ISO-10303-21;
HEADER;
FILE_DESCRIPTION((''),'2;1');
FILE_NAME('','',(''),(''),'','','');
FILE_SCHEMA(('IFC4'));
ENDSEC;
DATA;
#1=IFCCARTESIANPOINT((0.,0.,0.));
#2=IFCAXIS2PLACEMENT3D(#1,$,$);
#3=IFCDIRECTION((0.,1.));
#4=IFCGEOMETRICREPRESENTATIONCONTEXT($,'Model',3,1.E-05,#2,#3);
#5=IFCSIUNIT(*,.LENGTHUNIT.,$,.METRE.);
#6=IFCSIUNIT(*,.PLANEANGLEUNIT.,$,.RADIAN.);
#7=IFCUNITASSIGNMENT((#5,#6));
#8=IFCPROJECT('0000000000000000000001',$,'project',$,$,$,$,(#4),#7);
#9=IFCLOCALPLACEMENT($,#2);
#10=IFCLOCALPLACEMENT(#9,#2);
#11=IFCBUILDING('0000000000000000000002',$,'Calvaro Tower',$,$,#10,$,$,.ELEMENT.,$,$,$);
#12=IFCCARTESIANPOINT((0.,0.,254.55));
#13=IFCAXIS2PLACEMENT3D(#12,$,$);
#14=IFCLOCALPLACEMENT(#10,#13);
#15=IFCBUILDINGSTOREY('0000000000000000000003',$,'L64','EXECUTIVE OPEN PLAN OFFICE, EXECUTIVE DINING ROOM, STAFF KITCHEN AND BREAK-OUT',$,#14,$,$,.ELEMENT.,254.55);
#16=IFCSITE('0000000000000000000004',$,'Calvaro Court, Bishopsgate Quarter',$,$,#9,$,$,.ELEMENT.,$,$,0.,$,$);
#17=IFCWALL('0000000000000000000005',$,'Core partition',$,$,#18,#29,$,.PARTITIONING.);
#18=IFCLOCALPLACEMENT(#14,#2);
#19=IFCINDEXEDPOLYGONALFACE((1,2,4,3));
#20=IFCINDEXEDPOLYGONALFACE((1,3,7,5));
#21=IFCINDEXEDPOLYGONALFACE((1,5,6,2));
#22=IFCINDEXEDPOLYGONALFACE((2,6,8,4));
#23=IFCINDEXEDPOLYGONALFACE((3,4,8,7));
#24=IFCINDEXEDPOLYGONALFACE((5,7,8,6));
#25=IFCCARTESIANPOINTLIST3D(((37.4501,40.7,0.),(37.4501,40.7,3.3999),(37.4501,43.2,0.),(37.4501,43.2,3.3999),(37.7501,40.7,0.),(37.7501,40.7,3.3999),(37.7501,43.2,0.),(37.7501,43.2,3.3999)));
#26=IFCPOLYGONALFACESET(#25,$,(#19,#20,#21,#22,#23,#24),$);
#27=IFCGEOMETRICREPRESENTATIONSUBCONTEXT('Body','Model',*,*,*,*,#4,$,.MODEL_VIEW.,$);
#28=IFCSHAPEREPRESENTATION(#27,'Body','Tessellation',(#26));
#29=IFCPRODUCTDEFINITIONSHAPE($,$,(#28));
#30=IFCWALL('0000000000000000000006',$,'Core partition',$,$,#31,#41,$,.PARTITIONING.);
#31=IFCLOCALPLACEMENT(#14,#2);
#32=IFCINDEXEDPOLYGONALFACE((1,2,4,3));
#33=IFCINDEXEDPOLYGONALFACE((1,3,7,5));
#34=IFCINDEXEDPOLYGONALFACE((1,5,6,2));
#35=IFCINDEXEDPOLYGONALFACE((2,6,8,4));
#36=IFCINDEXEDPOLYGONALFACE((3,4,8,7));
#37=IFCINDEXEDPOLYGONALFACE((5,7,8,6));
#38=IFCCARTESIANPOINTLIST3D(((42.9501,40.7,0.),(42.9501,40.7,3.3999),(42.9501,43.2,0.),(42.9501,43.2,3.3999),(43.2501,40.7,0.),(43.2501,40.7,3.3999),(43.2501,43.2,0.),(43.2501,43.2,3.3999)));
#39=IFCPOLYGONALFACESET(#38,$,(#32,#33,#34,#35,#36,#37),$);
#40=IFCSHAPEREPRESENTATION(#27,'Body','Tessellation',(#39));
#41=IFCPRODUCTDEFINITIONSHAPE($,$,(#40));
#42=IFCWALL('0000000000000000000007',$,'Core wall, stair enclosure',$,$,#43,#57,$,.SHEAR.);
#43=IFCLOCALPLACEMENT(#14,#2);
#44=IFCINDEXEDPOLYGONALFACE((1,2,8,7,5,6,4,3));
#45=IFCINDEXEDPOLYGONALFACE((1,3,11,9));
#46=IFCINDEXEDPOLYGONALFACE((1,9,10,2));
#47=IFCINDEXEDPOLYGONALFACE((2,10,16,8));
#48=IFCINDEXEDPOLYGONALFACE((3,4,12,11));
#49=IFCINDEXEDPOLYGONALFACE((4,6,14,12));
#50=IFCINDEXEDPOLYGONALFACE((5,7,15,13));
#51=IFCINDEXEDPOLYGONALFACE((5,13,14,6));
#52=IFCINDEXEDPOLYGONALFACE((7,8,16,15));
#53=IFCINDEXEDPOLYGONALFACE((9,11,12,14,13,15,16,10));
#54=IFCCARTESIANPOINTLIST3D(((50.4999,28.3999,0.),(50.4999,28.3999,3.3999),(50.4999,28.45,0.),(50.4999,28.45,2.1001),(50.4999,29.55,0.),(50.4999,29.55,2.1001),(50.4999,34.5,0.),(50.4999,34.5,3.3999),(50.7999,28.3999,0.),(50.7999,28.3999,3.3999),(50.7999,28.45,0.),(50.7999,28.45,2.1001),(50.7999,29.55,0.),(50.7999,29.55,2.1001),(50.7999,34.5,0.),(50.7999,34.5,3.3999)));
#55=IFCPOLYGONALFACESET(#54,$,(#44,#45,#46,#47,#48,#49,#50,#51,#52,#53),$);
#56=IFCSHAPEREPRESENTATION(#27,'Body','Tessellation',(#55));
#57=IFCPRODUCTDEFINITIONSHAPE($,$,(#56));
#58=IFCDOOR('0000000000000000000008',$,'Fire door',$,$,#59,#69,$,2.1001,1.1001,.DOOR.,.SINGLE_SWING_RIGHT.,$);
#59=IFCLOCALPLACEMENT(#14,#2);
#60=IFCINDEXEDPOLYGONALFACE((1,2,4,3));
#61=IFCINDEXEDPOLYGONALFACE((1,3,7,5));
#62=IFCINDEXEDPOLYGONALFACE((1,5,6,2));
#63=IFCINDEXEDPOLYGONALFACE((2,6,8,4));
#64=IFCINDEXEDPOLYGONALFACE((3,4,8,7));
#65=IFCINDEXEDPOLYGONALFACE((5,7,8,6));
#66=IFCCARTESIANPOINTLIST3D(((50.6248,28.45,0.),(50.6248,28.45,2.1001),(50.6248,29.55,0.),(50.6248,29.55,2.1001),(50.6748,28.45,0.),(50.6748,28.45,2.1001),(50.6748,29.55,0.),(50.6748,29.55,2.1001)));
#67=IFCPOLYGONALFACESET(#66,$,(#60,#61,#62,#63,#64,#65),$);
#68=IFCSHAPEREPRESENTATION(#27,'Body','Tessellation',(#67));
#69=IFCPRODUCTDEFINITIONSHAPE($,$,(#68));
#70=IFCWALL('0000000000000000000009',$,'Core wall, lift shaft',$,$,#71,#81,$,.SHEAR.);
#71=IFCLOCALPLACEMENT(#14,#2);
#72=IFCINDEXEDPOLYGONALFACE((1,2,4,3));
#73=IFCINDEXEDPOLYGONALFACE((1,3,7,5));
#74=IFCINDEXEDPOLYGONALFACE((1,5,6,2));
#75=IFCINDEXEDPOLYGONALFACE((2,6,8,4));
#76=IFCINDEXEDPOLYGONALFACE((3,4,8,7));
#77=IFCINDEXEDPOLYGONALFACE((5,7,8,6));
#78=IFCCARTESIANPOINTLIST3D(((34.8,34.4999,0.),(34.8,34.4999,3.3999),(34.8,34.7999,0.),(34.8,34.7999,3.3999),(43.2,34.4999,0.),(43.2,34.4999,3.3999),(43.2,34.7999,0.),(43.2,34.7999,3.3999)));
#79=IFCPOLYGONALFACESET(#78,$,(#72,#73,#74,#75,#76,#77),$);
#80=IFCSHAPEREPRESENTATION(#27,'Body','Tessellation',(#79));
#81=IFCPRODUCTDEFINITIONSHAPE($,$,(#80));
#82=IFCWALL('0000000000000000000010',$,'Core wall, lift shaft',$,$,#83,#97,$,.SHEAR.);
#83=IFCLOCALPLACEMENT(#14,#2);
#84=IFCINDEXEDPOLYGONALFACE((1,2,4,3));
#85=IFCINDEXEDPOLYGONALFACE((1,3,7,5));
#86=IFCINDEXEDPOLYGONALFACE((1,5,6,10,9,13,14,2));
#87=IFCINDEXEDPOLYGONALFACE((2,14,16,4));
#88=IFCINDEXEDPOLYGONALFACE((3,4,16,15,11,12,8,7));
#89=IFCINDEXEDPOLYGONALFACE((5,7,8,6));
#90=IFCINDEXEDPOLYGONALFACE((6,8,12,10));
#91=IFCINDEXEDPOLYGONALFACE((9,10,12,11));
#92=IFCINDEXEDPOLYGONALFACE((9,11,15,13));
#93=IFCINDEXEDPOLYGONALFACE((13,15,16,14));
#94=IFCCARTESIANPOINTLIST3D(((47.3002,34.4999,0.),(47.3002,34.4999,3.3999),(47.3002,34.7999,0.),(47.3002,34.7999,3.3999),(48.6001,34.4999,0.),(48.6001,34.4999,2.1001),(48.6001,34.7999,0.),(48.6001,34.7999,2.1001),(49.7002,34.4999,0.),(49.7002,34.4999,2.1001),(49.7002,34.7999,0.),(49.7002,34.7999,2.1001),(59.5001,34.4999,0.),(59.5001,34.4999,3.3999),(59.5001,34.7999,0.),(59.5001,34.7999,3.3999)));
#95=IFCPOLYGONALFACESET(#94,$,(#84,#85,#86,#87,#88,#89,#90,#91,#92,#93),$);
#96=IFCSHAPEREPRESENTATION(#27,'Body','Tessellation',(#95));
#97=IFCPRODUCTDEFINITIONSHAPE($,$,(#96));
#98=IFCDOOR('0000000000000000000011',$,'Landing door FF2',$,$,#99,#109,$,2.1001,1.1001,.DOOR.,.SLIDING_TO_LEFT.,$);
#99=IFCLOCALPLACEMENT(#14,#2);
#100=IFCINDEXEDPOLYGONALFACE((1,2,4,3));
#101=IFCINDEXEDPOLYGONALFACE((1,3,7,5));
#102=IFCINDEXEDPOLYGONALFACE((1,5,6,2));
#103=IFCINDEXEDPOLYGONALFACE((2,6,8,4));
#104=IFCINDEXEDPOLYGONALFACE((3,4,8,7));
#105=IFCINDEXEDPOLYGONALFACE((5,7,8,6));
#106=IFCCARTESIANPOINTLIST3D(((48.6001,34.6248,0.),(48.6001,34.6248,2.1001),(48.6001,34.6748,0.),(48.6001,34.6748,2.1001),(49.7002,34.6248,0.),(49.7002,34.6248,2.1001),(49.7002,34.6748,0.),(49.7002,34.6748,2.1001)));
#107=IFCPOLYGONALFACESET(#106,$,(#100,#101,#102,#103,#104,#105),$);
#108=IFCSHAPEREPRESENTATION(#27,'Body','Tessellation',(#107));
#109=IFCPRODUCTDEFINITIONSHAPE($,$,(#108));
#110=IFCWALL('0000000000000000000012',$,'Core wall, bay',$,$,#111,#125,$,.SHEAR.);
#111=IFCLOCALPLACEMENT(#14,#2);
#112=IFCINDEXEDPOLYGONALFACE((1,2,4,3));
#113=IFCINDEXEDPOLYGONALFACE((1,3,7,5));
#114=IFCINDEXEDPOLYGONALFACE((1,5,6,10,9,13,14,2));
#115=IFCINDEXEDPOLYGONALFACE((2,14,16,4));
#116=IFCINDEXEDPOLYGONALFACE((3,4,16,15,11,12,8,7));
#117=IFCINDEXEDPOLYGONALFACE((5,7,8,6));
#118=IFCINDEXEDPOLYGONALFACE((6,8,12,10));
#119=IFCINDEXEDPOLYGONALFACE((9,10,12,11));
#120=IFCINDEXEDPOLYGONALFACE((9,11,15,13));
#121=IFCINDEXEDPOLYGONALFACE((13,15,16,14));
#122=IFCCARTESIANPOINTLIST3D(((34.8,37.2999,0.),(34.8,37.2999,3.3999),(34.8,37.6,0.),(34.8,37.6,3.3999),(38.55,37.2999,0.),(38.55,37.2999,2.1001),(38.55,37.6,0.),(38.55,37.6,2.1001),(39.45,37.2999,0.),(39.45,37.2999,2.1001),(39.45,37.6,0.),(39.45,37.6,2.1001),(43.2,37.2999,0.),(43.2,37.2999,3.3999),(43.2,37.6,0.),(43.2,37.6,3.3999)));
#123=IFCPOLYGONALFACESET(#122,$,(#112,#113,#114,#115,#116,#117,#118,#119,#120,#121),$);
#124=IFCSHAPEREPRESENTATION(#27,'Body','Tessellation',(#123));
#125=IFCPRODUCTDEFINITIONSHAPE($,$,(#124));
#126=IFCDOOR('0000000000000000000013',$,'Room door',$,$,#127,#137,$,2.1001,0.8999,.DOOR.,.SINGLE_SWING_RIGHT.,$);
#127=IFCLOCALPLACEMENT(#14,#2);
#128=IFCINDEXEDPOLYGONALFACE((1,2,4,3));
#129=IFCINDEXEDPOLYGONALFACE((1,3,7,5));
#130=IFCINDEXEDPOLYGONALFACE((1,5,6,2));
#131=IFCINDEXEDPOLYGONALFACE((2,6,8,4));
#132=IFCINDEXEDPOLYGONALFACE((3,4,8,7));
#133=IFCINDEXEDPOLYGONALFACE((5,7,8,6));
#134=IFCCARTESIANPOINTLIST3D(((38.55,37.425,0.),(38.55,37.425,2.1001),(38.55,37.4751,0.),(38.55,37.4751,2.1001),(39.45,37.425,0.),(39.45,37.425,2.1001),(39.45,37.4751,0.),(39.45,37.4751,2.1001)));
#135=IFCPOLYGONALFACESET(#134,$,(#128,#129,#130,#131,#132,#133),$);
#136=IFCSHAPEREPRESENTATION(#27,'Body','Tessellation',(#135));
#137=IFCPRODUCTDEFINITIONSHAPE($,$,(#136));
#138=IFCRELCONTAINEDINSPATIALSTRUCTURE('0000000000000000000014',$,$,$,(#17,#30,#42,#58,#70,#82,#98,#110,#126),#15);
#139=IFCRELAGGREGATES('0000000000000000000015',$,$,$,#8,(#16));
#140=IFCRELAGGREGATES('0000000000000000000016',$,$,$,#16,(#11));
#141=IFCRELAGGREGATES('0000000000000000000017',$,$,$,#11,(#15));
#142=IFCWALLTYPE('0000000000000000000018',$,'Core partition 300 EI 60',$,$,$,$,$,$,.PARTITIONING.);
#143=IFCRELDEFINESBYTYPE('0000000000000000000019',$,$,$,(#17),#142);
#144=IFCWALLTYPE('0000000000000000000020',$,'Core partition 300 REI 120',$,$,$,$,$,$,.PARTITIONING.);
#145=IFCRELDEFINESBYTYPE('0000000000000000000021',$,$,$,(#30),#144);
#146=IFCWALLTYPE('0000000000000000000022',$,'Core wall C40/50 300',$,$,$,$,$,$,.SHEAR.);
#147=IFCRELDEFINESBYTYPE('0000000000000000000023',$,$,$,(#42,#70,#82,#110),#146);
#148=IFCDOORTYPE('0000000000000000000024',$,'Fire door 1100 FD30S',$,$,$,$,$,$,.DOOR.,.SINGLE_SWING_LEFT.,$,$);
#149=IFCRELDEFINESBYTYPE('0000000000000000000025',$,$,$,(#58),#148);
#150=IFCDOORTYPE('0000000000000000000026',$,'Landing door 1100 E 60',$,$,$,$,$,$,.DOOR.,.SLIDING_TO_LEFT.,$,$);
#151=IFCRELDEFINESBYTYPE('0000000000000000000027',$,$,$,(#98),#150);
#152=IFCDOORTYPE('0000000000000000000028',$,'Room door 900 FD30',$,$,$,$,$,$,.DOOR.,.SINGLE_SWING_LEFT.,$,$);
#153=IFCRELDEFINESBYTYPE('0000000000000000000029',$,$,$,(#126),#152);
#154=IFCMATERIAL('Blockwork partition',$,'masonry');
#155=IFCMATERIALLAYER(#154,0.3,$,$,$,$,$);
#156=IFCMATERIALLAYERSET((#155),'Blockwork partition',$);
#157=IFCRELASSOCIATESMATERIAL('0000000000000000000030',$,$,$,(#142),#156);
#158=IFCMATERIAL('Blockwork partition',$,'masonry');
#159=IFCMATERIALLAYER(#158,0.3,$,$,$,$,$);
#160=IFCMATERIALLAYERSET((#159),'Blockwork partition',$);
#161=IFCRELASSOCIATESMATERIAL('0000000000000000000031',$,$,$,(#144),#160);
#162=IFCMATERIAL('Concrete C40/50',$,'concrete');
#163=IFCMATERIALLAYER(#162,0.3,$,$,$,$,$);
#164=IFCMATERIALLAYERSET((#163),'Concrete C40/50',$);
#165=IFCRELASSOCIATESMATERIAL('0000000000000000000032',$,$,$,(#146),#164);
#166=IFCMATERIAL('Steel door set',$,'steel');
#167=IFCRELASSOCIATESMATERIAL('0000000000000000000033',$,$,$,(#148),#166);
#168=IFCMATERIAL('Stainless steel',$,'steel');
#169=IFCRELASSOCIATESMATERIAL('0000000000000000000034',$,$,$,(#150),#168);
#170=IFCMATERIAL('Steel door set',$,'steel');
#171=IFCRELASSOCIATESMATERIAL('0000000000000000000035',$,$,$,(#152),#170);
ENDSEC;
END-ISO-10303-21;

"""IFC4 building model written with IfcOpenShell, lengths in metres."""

from ifc_helpers import new_model, si_unit, direction, frame, frame_2d, origin, place, context, subcontext, project, spatial, rectangle, extrude, material, layer, layer_set, type_object, element, fill, save


model = new_model("IFC4")

# Units and contexts
model_context = context("Model", 3, precision=1e-05, world=origin(), true_north=direction((0.0, 1.0)))
body_context = subcontext(model_context, "Body", "Model", "MODEL_VIEW")
ifc_project = project(units=[si_unit("LENGTHUNIT", "METRE"), si_unit("PLANEANGLEUNIT", "RADIAN")], contexts=[model_context])

# Site, building, storey
site_placement = place(None, origin())
site = spatial("IfcSite", under=ifc_project, at=site_placement, Name="Calvaro Court, Bishopsgate Quarter", CompositionType="ELEMENT", RefElevation=0.0)
building_placement = place(site_placement, origin())
building = spatial("IfcBuilding", under=site, at=building_placement, Name="Calvaro Tower", CompositionType="ELEMENT")
storey_placement = place(building_placement, frame((0.0, 0.0, 254.55)))
storey = spatial("IfcBuildingStorey", under=building, at=storey_placement, Name="L64", Description="EXECUTIVE OPEN PLAN OFFICE, EXECUTIVE DINING ROOM, STAFF KITCHEN AND BREAK-OUT", CompositionType="ELEMENT", Elevation=254.55)

# Walls
ifc_material_1 = material(Name="Blockwork partition", Category="masonry")
ifc_layer_1 = layer(ifc_material_1, 0.3)
ifc_layer_set_1 = layer_set([ifc_layer_1], Name="Blockwork partition")
wall_type_1 = type_object("IfcWallType", Name="Core partition 300 EI 60", PredefinedType="PARTITIONING", material=ifc_layer_set_1)
wall_1_placement = place(storey_placement, frame((37.6001, 40.7, 0.0), z_axis=(0.0, 0.0, 1.0), x_axis=(0.0, 1.0, 0.0)))
element("IfcWall", 1, at=wall_1_placement, inside=storey, type_object=wall_type_1, Name="Core partition", PredefinedType="PARTITIONING", context=body_context, shape_type="SweptSolid", body=[
    extrude(rectangle(XDim=2.5, YDim=0.3, at=frame_2d((1.25, 0.0))), origin(), (0.0, 0.0, 1.0), 3.3999),
])
ifc_material_2 = material(Name="Blockwork partition", Category="masonry")
ifc_layer_2 = layer(ifc_material_2, 0.3)
ifc_layer_set_2 = layer_set([ifc_layer_2], Name="Blockwork partition")
wall_type_2 = type_object("IfcWallType", Name="Core partition 300 REI 120", PredefinedType="PARTITIONING", material=ifc_layer_set_2)
wall_2_placement = place(storey_placement, frame((43.1001, 40.7, 0.0), z_axis=(0.0, 0.0, 1.0), x_axis=(0.0, 1.0, 0.0)))
element("IfcWall", 2, at=wall_2_placement, inside=storey, type_object=wall_type_2, Name="Core partition", PredefinedType="PARTITIONING", context=body_context, shape_type="SweptSolid", body=[
    extrude(rectangle(XDim=2.5, YDim=0.3, at=frame_2d((1.25, 0.0))), origin(), (0.0, 0.0, 1.0), 3.3999),
])

# Wall, opening, door
ifc_material_3 = material(Name="Concrete C40/50", Category="concrete")
ifc_layer_3 = layer(ifc_material_3, 0.3)
ifc_layer_set_3 = layer_set([ifc_layer_3], Name="Concrete C40/50")
wall_type_3 = type_object("IfcWallType", Name="Core wall C40/50 300", PredefinedType="SHEAR", material=ifc_layer_set_3)
wall_3_placement = place(storey_placement, frame((50.6499, 34.5, 0.0), z_axis=(0.0, 0.0, 1.0), x_axis=(0.0, -1.0, 0.0)))
wall_3 = element("IfcWall", 3, at=wall_3_placement, inside=storey, type_object=wall_type_3, Name="Core wall, stair enclosure", PredefinedType="SHEAR", context=body_context, shape_type="SweptSolid", body=[
    extrude(rectangle(XDim=6.1001, YDim=0.3, at=frame_2d((3.05, 0.0))), origin(), (0.0, 0.0, 1.0), 3.3999),
])
opening_1_placement = place(wall_3_placement, frame((4.95, 0.0, 0.0)))
opening_1 = element("IfcOpeningElement", 4, at=opening_1_placement, cuts=wall_3, PredefinedType="OPENING", context=body_context, shape_type="SweptSolid", body=[
    extrude(rectangle(XDim=1.1001, YDim=2.1001, at=frame_2d((0.55, 1.05))), frame((0.0, 0.1599, 0.0), z_axis=(0.0, -1.0, 0.0), x_axis=(1.0, 0.0, 0.0)), (0.0, 0.0, 1.0), 0.3201),
])
ifc_material_4 = material(Name="Steel door set", Category="steel")
door_type_1 = type_object("IfcDoorType", Name="Fire door 1100 FD30S", OperationType="SINGLE_SWING_LEFT", PredefinedType="DOOR", material=ifc_material_4)
door_1_placement = place(opening_1_placement, origin())
door_1 = element("IfcDoor", 5, at=door_1_placement, inside=storey, type_object=door_type_1, Name="Fire door", OperationType="SINGLE_SWING_RIGHT", OverallHeight=2.1001, OverallWidth=1.1001, PredefinedType="DOOR", context=body_context, shape_type="SweptSolid", body=[
    extrude(rectangle(XDim=1.1001, YDim=2.1001, at=frame_2d((0.55, 1.05))), frame((0.0, 0.0249, 0.0), z_axis=(0.0, -1.0, 0.0), x_axis=(1.0, 0.0, 0.0)), (0.0, 0.0, 1.0), 0.05),
])
fill(opening_1, door_1)

# Wall
wall_4_placement = place(storey_placement, frame((34.8, 34.6499, 0.0), z_axis=(0.0, 0.0, 1.0), x_axis=(1.0, 0.0, 0.0)))
element("IfcWall", 6, at=wall_4_placement, inside=storey, type_object=wall_type_3, Name="Core wall, lift shaft", PredefinedType="SHEAR", context=body_context, shape_type="SweptSolid", body=[
    extrude(rectangle(XDim=8.3999, YDim=0.3, at=frame_2d((4.2, 0.0))), origin(), (0.0, 0.0, 1.0), 3.3999),
])

# Walls, openings, doors
wall_5_placement = place(storey_placement, frame((47.3, 34.6499, 0.0), z_axis=(0.0, 0.0, 1.0), x_axis=(1.0, 0.0, 0.0)))
wall_5 = element("IfcWall", 7, at=wall_5_placement, inside=storey, type_object=wall_type_3, Name="Core wall, lift shaft", PredefinedType="SHEAR", context=body_context, shape_type="SweptSolid", body=[
    extrude(rectangle(XDim=12.2, YDim=0.3, at=frame_2d((6.1001, 0.0))), origin(), (0.0, 0.0, 1.0), 3.3999),
])
opening_2_placement = place(wall_5_placement, frame((1.3, 0.0, 0.0)))
opening_2 = element("IfcOpeningElement", 8, at=opening_2_placement, cuts=wall_5, PredefinedType="OPENING", context=body_context, shape_type="SweptSolid", body=[
    extrude(rectangle(XDim=1.1001, YDim=2.1001, at=frame_2d((0.55, 1.05))), frame((0.0, 0.1599, 0.0), z_axis=(0.0, -1.0, 0.0), x_axis=(1.0, 0.0, 0.0)), (0.0, 0.0, 1.0), 0.3201),
])
ifc_material_5 = material(Name="Stainless steel", Category="steel")
door_type_2 = type_object("IfcDoorType", Name="Landing door 1100 E 60", OperationType="SLIDING_TO_LEFT", PredefinedType="DOOR", material=ifc_material_5)
door_2_placement = place(opening_2_placement, origin())
door_2 = element("IfcDoor", 9, at=door_2_placement, inside=storey, type_object=door_type_2, Name="Landing door FF2", OperationType="SLIDING_TO_LEFT", OverallHeight=2.1001, OverallWidth=1.1001, PredefinedType="DOOR", context=body_context, shape_type="SweptSolid", body=[
    extrude(rectangle(XDim=1.1001, YDim=2.1001, at=frame_2d((0.55, 1.05))), frame((0.0, 0.0249, 0.0), z_axis=(0.0, -1.0, 0.0), x_axis=(1.0, 0.0, 0.0)), (0.0, 0.0, 1.0), 0.05),
])
fill(opening_2, door_2)
wall_6_placement = place(storey_placement, frame((43.2, 37.45, 0.0), z_axis=(0.0, 0.0, 1.0), x_axis=(-1.0, 0.0, 0.0)))
wall_6 = element("IfcWall", 10, at=wall_6_placement, inside=storey, type_object=wall_type_3, Name="Core wall, bay", PredefinedType="SHEAR", context=body_context, shape_type="SweptSolid", body=[
    extrude(rectangle(XDim=8.3999, YDim=0.3, at=frame_2d((4.2, 0.0))), origin(), (0.0, 0.0, 1.0), 3.3999),
])
opening_3_placement = place(wall_6_placement, frame((3.75, 0.0, 0.0)))
opening_3 = element("IfcOpeningElement", 11, at=opening_3_placement, cuts=wall_6, PredefinedType="OPENING", context=body_context, shape_type="SweptSolid", body=[
    extrude(rectangle(XDim=0.8999, YDim=2.1001, at=frame_2d((0.45, 1.05))), frame((0.0, 0.1599, 0.0), z_axis=(0.0, -1.0, 0.0), x_axis=(1.0, 0.0, 0.0)), (0.0, 0.0, 1.0), 0.3201),
])
ifc_material_6 = material(Name="Steel door set", Category="steel")
door_type_3 = type_object("IfcDoorType", Name="Room door 900 FD30", OperationType="SINGLE_SWING_LEFT", PredefinedType="DOOR", material=ifc_material_6)
door_3_placement = place(opening_3_placement, origin())
door_3 = element("IfcDoor", 12, at=door_3_placement, inside=storey, type_object=door_type_3, Name="Room door", OperationType="SINGLE_SWING_RIGHT", OverallHeight=2.1001, OverallWidth=0.8999, PredefinedType="DOOR", context=body_context, shape_type="SweptSolid", body=[
    extrude(rectangle(XDim=0.8999, YDim=2.1001, at=frame_2d((0.45, 1.05))), frame((0.0, 0.0249, 0.0), z_axis=(0.0, -1.0, 0.0), x_axis=(1.0, 0.0, 0.0)), (0.0, 0.0, 1.0), 0.05),
])
fill(opening_3, door_3)

save(model, "model.ifc")
